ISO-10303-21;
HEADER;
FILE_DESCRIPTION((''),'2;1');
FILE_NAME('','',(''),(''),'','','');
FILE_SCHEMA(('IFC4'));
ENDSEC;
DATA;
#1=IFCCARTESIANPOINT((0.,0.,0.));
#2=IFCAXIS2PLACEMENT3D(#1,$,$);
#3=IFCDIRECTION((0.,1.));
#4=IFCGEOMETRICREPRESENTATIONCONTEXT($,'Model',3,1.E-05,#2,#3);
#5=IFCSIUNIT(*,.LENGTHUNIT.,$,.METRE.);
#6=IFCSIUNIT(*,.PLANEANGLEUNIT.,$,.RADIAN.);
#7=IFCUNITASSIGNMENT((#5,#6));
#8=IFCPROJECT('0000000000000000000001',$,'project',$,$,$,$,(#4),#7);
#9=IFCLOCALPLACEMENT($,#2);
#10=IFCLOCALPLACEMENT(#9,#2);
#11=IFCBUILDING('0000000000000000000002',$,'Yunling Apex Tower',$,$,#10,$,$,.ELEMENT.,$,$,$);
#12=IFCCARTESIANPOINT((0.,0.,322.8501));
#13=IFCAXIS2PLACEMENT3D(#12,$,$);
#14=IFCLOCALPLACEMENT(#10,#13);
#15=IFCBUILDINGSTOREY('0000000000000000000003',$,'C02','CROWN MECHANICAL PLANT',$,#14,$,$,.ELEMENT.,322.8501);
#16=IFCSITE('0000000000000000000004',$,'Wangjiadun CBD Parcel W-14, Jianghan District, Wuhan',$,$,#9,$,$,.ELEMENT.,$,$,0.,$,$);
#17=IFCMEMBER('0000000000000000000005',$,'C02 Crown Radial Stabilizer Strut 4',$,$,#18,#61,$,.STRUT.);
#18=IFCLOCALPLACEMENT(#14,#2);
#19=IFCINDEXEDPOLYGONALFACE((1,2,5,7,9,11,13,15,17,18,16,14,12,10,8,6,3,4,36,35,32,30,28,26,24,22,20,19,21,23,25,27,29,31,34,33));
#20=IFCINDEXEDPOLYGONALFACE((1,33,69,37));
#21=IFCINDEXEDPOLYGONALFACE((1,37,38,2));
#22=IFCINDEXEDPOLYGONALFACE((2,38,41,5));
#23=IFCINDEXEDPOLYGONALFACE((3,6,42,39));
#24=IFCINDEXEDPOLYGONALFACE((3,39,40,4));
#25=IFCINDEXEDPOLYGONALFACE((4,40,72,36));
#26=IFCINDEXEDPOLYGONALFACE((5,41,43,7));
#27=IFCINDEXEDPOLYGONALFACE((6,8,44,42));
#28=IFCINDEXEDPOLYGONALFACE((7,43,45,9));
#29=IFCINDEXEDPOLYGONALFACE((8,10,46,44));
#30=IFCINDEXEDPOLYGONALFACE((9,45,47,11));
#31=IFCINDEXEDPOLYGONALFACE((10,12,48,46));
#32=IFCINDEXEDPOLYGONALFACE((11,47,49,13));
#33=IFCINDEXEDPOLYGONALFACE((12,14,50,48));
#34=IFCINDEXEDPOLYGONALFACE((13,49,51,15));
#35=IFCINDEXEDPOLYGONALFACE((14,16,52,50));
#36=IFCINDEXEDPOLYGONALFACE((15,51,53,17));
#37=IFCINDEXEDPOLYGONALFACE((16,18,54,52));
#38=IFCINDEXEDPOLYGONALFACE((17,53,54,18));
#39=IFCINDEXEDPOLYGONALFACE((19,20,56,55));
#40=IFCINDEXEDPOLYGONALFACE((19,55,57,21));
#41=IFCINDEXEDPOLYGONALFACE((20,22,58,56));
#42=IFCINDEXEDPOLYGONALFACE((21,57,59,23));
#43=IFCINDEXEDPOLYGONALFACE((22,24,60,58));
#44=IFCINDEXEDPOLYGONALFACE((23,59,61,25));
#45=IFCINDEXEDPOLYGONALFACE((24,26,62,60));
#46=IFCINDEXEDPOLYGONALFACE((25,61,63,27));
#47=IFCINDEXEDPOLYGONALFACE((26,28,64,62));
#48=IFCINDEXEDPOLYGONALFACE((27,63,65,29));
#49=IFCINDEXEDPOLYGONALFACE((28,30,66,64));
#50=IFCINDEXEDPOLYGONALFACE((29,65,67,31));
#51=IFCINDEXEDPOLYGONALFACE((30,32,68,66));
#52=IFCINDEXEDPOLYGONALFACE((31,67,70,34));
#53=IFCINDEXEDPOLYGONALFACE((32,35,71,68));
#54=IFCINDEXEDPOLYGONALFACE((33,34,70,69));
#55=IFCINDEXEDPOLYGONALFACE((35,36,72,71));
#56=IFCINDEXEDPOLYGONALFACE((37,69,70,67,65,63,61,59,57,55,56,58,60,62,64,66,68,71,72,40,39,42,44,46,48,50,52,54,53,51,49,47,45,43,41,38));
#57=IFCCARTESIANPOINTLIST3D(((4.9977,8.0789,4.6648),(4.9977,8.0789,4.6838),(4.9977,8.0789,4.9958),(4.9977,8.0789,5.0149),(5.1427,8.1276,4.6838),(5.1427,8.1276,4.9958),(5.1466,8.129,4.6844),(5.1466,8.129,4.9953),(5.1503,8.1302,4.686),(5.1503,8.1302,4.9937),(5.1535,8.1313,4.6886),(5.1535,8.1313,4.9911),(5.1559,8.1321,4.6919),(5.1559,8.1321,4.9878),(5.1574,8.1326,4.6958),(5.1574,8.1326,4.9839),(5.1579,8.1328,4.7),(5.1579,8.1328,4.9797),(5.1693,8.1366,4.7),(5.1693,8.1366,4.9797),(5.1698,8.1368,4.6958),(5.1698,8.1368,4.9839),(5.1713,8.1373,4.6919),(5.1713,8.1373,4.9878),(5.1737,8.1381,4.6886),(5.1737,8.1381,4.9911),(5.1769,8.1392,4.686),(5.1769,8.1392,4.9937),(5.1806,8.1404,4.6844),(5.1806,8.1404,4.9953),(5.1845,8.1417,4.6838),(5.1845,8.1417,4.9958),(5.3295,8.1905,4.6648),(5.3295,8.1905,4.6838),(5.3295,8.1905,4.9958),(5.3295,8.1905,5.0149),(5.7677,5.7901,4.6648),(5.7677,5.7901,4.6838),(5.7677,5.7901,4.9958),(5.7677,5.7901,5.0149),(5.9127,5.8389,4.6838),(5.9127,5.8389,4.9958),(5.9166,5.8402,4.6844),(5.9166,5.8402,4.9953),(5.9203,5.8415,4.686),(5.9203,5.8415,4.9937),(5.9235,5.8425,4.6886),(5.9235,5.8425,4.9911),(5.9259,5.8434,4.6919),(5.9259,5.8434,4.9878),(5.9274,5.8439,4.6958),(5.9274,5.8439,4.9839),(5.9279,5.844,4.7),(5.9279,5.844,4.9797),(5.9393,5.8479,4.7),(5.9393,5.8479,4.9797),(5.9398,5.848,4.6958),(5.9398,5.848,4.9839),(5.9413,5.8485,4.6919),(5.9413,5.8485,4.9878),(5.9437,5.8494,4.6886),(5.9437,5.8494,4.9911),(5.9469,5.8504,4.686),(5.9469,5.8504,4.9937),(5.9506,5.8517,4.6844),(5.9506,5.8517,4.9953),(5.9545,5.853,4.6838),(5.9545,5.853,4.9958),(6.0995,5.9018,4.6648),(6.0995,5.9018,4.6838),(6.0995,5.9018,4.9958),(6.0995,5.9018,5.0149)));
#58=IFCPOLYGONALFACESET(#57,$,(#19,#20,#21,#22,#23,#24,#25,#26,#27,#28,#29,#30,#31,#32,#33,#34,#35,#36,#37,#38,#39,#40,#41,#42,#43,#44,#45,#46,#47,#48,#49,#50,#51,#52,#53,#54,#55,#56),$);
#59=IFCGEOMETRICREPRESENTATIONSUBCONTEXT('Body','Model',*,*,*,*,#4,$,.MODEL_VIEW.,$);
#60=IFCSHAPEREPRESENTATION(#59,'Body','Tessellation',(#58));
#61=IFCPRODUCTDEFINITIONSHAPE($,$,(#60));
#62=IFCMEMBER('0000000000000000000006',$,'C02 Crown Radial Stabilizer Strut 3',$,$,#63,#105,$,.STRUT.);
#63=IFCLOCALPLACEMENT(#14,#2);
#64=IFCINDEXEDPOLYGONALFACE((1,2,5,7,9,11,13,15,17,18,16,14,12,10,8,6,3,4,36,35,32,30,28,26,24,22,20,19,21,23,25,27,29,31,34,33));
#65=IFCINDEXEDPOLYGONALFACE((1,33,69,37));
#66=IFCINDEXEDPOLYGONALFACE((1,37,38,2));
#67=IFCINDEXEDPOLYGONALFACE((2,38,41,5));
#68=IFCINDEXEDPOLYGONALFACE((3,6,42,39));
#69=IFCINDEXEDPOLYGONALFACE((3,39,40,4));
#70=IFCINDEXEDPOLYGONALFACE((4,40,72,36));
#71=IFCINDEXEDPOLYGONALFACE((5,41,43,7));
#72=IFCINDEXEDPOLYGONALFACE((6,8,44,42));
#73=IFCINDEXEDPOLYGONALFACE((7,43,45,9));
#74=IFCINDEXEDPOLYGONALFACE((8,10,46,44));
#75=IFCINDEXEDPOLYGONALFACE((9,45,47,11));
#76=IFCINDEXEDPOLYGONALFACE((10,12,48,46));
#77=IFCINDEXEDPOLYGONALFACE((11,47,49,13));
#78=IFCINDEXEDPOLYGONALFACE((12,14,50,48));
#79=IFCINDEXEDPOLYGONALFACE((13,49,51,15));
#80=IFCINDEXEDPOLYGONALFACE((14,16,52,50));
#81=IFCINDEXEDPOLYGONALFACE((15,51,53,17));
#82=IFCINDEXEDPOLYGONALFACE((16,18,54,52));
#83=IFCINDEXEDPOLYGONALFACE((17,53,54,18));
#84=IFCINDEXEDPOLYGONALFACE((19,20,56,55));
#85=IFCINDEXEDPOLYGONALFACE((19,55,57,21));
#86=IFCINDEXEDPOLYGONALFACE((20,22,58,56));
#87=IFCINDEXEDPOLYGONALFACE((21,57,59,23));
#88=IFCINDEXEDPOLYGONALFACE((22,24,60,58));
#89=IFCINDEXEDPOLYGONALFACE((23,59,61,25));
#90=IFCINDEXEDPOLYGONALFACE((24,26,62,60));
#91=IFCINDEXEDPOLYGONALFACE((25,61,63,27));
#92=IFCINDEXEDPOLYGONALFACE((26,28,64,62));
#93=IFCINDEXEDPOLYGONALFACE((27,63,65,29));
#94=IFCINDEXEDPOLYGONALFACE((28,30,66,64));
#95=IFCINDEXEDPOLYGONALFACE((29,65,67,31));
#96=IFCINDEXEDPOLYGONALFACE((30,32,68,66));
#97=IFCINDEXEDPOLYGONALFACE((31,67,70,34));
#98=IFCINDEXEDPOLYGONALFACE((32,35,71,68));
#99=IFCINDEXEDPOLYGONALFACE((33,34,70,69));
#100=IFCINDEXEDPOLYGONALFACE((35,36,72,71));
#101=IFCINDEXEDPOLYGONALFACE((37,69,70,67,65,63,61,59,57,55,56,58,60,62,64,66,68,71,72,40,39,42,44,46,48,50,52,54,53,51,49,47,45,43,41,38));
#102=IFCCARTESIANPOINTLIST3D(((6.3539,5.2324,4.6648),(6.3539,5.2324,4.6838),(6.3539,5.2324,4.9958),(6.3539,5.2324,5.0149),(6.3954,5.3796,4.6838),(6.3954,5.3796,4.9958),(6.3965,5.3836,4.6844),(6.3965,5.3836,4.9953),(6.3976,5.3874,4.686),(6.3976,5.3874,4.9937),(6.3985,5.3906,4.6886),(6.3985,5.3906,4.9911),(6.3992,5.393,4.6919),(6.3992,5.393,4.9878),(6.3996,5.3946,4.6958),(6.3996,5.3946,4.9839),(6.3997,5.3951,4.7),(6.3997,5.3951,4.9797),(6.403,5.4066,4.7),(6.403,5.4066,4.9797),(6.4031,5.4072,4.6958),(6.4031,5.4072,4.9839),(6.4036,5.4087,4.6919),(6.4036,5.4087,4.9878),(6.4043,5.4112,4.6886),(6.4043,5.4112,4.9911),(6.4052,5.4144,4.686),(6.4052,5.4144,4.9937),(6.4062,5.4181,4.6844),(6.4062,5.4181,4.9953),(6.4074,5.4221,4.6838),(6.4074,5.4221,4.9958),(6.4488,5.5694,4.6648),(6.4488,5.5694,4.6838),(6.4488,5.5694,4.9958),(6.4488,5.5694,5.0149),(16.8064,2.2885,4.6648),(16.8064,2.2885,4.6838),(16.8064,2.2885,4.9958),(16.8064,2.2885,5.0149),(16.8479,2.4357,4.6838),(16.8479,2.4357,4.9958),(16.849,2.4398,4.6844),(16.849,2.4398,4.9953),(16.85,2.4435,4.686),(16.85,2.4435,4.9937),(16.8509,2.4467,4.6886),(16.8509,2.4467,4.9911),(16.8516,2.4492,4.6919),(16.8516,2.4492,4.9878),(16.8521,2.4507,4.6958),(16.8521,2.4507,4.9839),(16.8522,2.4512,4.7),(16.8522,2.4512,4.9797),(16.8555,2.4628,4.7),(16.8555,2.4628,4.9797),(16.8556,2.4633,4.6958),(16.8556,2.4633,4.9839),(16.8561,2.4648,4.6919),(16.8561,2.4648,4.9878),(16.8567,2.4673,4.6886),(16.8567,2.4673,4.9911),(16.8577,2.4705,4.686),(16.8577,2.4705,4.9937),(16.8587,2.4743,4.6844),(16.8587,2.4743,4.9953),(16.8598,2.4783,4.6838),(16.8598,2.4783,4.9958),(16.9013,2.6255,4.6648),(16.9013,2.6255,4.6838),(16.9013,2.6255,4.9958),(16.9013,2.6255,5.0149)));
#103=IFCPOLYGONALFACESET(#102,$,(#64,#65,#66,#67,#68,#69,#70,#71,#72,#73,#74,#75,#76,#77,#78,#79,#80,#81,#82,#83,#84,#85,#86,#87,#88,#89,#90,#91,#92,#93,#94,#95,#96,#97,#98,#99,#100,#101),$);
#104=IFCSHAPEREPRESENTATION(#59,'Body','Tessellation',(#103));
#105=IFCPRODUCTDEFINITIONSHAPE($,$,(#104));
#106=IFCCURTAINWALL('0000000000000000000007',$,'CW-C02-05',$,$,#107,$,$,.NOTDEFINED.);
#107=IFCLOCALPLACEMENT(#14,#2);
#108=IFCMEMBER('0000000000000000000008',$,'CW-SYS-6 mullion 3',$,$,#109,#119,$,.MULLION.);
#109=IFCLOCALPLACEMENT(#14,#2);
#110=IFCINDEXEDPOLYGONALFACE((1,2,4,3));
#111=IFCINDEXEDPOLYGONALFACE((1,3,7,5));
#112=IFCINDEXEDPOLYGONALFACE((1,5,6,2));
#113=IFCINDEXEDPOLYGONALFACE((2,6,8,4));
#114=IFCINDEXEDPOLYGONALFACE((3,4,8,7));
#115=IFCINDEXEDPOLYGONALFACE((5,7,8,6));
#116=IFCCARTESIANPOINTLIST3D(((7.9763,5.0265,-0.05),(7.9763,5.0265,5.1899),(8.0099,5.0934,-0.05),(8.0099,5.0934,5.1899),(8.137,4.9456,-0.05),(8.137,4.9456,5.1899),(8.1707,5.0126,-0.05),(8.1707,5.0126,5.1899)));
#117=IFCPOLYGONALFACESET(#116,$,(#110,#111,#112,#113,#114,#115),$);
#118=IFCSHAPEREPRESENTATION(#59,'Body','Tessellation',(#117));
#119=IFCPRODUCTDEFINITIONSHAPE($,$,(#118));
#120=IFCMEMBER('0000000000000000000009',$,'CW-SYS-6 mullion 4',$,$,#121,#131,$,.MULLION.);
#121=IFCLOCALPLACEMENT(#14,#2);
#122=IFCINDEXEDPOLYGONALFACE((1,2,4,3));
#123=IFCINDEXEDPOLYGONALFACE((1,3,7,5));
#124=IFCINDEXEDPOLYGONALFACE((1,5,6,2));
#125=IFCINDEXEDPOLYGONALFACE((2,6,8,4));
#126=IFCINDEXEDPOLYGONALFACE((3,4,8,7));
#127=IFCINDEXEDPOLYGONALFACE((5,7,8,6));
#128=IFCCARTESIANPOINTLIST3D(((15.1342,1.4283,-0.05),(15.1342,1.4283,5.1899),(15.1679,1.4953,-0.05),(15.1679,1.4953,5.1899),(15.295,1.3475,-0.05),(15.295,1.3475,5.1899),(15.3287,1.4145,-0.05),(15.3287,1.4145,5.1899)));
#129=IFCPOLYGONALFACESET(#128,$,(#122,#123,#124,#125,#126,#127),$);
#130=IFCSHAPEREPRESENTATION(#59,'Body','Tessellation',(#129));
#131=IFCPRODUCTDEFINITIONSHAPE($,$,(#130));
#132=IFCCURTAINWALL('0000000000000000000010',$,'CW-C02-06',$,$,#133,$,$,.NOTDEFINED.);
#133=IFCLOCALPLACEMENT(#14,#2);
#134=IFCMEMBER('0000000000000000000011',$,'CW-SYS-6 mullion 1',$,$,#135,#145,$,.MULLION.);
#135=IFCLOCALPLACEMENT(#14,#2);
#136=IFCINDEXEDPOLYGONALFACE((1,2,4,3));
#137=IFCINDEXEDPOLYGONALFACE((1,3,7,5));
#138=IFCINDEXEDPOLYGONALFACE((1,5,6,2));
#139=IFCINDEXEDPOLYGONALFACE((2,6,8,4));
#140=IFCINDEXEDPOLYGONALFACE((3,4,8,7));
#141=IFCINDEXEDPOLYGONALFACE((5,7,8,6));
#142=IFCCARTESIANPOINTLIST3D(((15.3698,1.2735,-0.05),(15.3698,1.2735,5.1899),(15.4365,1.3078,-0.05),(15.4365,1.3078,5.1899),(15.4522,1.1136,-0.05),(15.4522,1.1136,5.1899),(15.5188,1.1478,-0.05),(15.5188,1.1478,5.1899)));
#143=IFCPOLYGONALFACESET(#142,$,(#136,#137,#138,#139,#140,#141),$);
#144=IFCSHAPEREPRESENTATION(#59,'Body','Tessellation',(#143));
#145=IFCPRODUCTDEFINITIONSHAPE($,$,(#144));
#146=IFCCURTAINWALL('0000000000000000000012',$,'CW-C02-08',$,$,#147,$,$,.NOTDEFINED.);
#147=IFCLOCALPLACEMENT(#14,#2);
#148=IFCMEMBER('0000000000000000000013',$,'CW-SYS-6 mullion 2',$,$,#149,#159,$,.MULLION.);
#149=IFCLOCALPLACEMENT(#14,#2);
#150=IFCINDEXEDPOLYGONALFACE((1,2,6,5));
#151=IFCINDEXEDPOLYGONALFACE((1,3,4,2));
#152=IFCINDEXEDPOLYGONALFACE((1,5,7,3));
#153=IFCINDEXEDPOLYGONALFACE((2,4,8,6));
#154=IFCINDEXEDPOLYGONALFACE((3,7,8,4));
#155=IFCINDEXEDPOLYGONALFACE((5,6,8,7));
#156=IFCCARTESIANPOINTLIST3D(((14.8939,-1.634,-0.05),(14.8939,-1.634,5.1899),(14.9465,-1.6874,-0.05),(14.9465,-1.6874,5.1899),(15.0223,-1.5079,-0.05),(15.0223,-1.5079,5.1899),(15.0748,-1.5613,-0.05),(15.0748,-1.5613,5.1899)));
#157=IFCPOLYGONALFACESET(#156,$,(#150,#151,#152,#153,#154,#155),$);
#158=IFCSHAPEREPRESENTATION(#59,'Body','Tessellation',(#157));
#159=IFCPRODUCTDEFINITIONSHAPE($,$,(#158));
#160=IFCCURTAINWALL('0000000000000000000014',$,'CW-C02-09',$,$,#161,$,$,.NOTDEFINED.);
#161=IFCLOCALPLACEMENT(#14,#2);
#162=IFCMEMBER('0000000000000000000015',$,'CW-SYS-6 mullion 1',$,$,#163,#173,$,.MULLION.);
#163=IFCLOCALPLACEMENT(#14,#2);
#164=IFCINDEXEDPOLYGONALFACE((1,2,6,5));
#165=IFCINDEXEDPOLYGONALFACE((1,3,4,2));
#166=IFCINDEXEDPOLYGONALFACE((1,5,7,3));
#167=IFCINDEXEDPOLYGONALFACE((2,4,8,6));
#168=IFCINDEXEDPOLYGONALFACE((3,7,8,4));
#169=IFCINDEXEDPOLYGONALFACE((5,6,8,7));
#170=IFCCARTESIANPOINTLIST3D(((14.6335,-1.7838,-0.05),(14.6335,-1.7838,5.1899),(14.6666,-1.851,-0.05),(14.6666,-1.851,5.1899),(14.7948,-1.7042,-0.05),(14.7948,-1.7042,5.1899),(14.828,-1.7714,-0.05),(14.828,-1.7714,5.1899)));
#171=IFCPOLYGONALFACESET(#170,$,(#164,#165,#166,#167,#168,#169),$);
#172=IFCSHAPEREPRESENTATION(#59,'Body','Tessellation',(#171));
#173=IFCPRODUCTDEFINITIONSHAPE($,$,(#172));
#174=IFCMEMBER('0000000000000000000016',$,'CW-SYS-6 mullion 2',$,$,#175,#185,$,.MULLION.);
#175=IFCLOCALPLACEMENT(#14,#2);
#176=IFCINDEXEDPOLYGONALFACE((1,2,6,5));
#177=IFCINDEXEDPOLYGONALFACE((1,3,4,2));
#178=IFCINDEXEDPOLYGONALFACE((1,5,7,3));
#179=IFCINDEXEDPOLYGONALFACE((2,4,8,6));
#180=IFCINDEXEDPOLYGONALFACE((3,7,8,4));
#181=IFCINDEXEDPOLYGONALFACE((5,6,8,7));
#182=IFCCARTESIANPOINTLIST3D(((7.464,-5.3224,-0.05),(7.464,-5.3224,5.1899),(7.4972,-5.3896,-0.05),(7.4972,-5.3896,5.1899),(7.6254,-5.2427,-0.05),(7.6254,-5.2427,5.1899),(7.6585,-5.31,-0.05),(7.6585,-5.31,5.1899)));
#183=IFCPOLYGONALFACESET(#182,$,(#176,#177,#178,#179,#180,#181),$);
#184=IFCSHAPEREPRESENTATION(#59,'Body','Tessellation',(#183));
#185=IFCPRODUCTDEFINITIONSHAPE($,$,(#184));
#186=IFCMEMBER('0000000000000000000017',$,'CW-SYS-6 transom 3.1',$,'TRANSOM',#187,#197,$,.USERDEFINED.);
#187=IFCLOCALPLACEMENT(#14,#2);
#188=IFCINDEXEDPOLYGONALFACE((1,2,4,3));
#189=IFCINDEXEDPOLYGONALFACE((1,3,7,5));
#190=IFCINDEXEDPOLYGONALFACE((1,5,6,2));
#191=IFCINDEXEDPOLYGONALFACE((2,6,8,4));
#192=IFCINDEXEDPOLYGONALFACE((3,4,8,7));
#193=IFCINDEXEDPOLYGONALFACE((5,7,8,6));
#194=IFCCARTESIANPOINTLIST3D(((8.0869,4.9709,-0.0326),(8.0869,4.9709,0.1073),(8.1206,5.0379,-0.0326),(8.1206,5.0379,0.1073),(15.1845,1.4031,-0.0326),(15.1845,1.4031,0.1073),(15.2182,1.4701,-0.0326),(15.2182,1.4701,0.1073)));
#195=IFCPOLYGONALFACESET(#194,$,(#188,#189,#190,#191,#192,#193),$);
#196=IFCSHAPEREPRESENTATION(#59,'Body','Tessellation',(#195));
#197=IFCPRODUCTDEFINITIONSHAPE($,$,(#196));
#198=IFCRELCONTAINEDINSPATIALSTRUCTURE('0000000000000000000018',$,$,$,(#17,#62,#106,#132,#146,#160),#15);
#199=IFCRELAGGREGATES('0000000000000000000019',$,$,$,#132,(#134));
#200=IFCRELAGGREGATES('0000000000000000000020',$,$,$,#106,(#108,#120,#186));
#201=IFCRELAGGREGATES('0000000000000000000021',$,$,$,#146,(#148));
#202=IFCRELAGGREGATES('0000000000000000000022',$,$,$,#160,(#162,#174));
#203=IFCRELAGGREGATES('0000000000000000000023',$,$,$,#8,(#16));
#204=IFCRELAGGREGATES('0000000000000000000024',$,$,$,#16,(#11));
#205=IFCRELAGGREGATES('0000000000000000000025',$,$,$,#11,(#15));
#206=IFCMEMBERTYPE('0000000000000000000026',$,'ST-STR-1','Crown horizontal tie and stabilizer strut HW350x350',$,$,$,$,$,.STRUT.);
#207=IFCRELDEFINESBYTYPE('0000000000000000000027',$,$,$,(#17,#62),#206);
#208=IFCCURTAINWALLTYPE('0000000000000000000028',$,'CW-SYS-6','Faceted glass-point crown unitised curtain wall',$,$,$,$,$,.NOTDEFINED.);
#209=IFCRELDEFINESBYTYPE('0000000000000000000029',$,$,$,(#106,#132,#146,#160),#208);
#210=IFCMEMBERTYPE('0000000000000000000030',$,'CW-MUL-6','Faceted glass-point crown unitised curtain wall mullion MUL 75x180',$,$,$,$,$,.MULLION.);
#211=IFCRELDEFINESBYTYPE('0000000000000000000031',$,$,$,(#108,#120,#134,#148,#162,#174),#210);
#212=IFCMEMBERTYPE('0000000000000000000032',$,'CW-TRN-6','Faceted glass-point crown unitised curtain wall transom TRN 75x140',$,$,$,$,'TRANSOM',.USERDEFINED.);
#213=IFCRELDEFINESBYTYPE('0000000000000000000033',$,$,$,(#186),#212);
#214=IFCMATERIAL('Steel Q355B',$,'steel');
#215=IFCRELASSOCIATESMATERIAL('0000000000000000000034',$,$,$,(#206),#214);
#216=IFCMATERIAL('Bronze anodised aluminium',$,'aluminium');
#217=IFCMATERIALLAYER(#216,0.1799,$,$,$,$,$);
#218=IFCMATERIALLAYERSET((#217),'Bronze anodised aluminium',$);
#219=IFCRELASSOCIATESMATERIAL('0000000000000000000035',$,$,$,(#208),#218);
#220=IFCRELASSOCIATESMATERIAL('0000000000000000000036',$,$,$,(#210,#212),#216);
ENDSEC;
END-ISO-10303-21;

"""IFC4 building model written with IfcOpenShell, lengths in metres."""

from ifc_helpers import new_model, si_unit, direction, frame, origin, origin_2d, place, context, subcontext, project, spatial, rectangle, i_section, extrude, source, transform, mapped, material, layer, layer_set, material_profile, profile_set, type_object, element, aggregate, save


model = new_model("IFC4")

# Units and contexts
model_context = context("Model", 3, precision=1e-05, world=origin(), true_north=direction((0.0, 1.0)))
body_context = subcontext(model_context, "Body", "Model", "MODEL_VIEW")
ifc_project = project(units=[si_unit("LENGTHUNIT", "METRE"), si_unit("PLANEANGLEUNIT", "RADIAN")], contexts=[model_context])

# Site, building, storey
site_placement = place(None, origin())
site = spatial("IfcSite", under=ifc_project, at=site_placement, Name="Wangjiadun CBD Parcel W-14, Jianghan District, Wuhan", CompositionType="ELEMENT", RefElevation=0.0)
building_placement = place(site_placement, origin())
building = spatial("IfcBuilding", under=site, at=building_placement, Name="Yunling Apex Tower", CompositionType="ELEMENT")
storey_placement = place(building_placement, frame((0.0, 0.0, 322.8501)))
storey = spatial("IfcBuildingStorey", under=building, at=storey_placement, Name="C02", Description="CROWN MECHANICAL PLANT", CompositionType="ELEMENT", Elevation=322.8501)

# Shared definitions
ifc_material_1 = material(Name="Steel Q355B", Category="steel")

# Members
ifc_material_profile_1 = material_profile(ifc_material_1, i_section(OverallWidth=0.3501, OverallDepth=0.3501, WebThickness=0.012, FlangeThickness=0.019, FilletRadius=0.0161, at=origin_2d()))
ifc_profile_set_1 = profile_set([ifc_material_profile_1], Name="Steel Q355B")
member_type_1 = type_object("IfcMemberType", Name="ST-STR-1", Description="Crown horizontal tie and stabilizer strut HW350x350", PredefinedType="STRUT", material=ifc_profile_set_1)
shared_shape_1 = source(origin(), body_context, "Body", "SweptSolid", [
    extrude(i_section(OverallWidth=0.3501, OverallDepth=0.3501, WebThickness=0.012, FlangeThickness=0.019, FilletRadius=0.0161, at=origin_2d()), origin(), (0.0, 0.0, 1.0), 2.4148),
])
member_1_placement = place(storey_placement, frame((5.9336, 5.8459, 4.8398), z_axis=(-0.318865, 0.9478, 0.0), x_axis=(-0.9478, -0.318865, 0.0)))
element("IfcMember", 1, at=member_1_placement, inside=storey, type_object=member_type_1, Name="C02 Crown Radial Stabilizer Strut 4", PredefinedType="STRUT", context=body_context, shape_type="MappedRepresentation", body=[
    mapped(shared_shape_1, transform((0.0, 0.0, 0.0), scale=1.0)),
])
shared_shape_2 = source(origin(), body_context, "Body", "SweptSolid", [
    extrude(i_section(OverallWidth=0.3501, OverallDepth=0.3501, WebThickness=0.012, FlangeThickness=0.019, FilletRadius=0.0161, at=origin_2d()), origin(), (0.0, 0.0, 1.0), 10.8591),
])
member_2_placement = place(storey_placement, frame((6.4014, 5.4009, 4.8398), z_axis=(0.962552, -0.271096, 0.0), x_axis=(0.271096, 0.962552, 0.0)))
element("IfcMember", 2, at=member_2_placement, inside=storey, type_object=member_type_1, Name="C02 Crown Radial Stabilizer Strut 3", PredefinedType="STRUT", context=body_context, shape_type="MappedRepresentation", body=[
    mapped(shared_shape_2, transform((0.0, 0.0, 0.0), scale=1.0)),
])

# Curtain wall, members
ifc_material_2 = material(Name="Bronze anodised aluminium", Category="aluminium")
ifc_layer_1 = layer(ifc_material_2, 0.1799)
ifc_layer_set_1 = layer_set([ifc_layer_1], Name="Bronze anodised aluminium")
curtain_wall_type = type_object("IfcCurtainWallType", Name="CW-SYS-6", Description="Faceted glass-point crown unitised curtain wall", PredefinedType="NOTDEFINED", material=ifc_layer_set_1)
curtain_wall_1_placement = place(storey_placement, origin())
curtain_wall_1 = element("IfcCurtainWall", 3, at=curtain_wall_1_placement, inside=storey, type_object=curtain_wall_type, Name="CW-C02-05", PredefinedType="NOTDEFINED")
ifc_material_profile_2 = material_profile(ifc_material_2, rectangle(XDim=0.075, YDim=0.1799, at=origin_2d()))
ifc_profile_set_2 = profile_set([ifc_material_profile_2], Name="Bronze anodised aluminium")
member_type_2 = type_object("IfcMemberType", Name="CW-MUL-6", Description="Faceted glass-point crown unitised curtain wall mullion MUL 75x180", PredefinedType="MULLION", material=ifc_profile_set_2)
shared_shape_3 = source(origin(), body_context, "Body", "SweptSolid", [
    extrude(rectangle(XDim=0.075, YDim=0.1799, at=origin_2d()), origin(), (0.0, 0.0, 1.0), 5.24),
])
member_3_placement = place(storey_placement, frame((8.0735, 5.0195, -0.05), z_axis=(0.0, 0.0, 1.0), x_axis=(0.449129, 0.893467, 0.0)))
member_3 = element("IfcMember", 4, at=member_3_placement, type_object=member_type_2, Name="CW-SYS-6 mullion 3", PredefinedType="MULLION", context=body_context, shape_type="MappedRepresentation", body=[
    mapped(shared_shape_3, transform((0.0, 0.0, 0.0), scale=1.0)),
])
member_4_placement = place(storey_placement, frame((15.2314, 1.4214, -0.05), z_axis=(0.0, 0.0, 1.0), x_axis=(0.449129, 0.893467, 0.0)))
member_4 = element("IfcMember", 5, at=member_4_placement, type_object=member_type_2, Name="CW-SYS-6 mullion 4", PredefinedType="MULLION", context=body_context, shape_type="MappedRepresentation", body=[
    mapped(shared_shape_3, transform((0.0, 0.0, 0.0), scale=1.0)),
])

# Curtain walls, members
curtain_wall_2_placement = place(storey_placement, origin())
curtain_wall_2 = element("IfcCurtainWall", 6, at=curtain_wall_2_placement, inside=storey, type_object=curtain_wall_type, Name="CW-C02-06", PredefinedType="NOTDEFINED")
member_5_placement = place(storey_placement, frame((15.4443, 1.2107, -0.05), z_axis=(0.0, 0.0, 1.0), x_axis=(0.889167, 0.457583, 0.0)))
member_5 = element("IfcMember", 7, at=member_5_placement, type_object=member_type_2, Name="CW-SYS-6 mullion 1", PredefinedType="MULLION", context=body_context, shape_type="MappedRepresentation", body=[
    mapped(shared_shape_3, transform((0.0, 0.0, 0.0), scale=1.0)),
])
aggregate(curtain_wall_2, [member_5])
curtain_wall_3_placement = place(storey_placement, origin())
curtain_wall_3 = element("IfcCurtainWall", 8, at=curtain_wall_3_placement, inside=storey, type_object=curtain_wall_type, Name="CW-C02-08", PredefinedType="NOTDEFINED")
member_6_placement = place(storey_placement, frame((14.9844, -1.5977, -0.05), z_axis=(0.0, 0.0, 1.0), x_axis=(0.700818, -0.71334, 0.0)))
member_6 = element("IfcMember", 9, at=member_6_placement, type_object=member_type_2, Name="CW-SYS-6 mullion 2", PredefinedType="MULLION", context=body_context, shape_type="MappedRepresentation", body=[
    mapped(shared_shape_3, transform((0.0, 0.0, 0.0), scale=1.0)),
])

# Curtain wall, members
curtain_wall_4_placement = place(storey_placement, origin())
curtain_wall_4 = element("IfcCurtainWall", 10, at=curtain_wall_4_placement, inside=storey, type_object=curtain_wall_type, Name="CW-C02-09", PredefinedType="NOTDEFINED")
member_7_placement = place(storey_placement, frame((14.7307, -1.7776, -0.05), z_axis=(0.0, 0.0, 1.0), x_axis=(0.442566, -0.896736, 0.0)))
member_7 = element("IfcMember", 11, at=member_7_placement, type_object=member_type_2, Name="CW-SYS-6 mullion 1", PredefinedType="MULLION", context=body_context, shape_type="MappedRepresentation", body=[
    mapped(shared_shape_3, transform((0.0, 0.0, 0.0), scale=1.0)),
])
member_8_placement = place(storey_placement, frame((7.5613, -5.3162, -0.05), z_axis=(0.0, 0.0, 1.0), x_axis=(0.442566, -0.896736, 0.0)))
member_8 = element("IfcMember", 12, at=member_8_placement, type_object=member_type_2, Name="CW-SYS-6 mullion 2", PredefinedType="MULLION", context=body_context, shape_type="MappedRepresentation", body=[
    mapped(shared_shape_3, transform((0.0, 0.0, 0.0), scale=1.0)),
])

# Member
ifc_material_profile_3 = material_profile(ifc_material_2, rectangle(XDim=0.075, YDim=0.1399, at=origin_2d()))
ifc_profile_set_3 = profile_set([ifc_material_profile_3], Name="Bronze anodised aluminium")
member_type_3 = type_object("IfcMemberType", Name="CW-TRN-6", Description="Faceted glass-point crown unitised curtain wall transom TRN 75x140", ElementType="TRANSOM", PredefinedType="USERDEFINED", material=ifc_profile_set_3)
shared_shape_4 = source(origin(), body_context, "Body", "SweptSolid", [
    extrude(rectangle(XDim=0.075, YDim=0.1399, at=origin_2d()), origin(), (0.0, 0.0, 1.0), 7.9438),
])
member_9_placement = place(storey_placement, frame((8.1038, 5.0044, 0.0374), z_axis=(0.893466, -0.44913, 0.0), x_axis=(0.44913, 0.893466, 0.0)))
member_9 = element("IfcMember", 13, at=member_9_placement, type_object=member_type_3, Name="CW-SYS-6 transom 3.1", ObjectType="TRANSOM", PredefinedType="USERDEFINED", context=body_context, shape_type="MappedRepresentation", body=[
    mapped(shared_shape_4, transform((0.0, 0.0, 0.0), scale=1.0)),
])

aggregate(curtain_wall_1, [member_3, member_4, member_9])
aggregate(curtain_wall_3, [member_6])
aggregate(curtain_wall_4, [member_7, member_8])

save(model, "model.ifc")
